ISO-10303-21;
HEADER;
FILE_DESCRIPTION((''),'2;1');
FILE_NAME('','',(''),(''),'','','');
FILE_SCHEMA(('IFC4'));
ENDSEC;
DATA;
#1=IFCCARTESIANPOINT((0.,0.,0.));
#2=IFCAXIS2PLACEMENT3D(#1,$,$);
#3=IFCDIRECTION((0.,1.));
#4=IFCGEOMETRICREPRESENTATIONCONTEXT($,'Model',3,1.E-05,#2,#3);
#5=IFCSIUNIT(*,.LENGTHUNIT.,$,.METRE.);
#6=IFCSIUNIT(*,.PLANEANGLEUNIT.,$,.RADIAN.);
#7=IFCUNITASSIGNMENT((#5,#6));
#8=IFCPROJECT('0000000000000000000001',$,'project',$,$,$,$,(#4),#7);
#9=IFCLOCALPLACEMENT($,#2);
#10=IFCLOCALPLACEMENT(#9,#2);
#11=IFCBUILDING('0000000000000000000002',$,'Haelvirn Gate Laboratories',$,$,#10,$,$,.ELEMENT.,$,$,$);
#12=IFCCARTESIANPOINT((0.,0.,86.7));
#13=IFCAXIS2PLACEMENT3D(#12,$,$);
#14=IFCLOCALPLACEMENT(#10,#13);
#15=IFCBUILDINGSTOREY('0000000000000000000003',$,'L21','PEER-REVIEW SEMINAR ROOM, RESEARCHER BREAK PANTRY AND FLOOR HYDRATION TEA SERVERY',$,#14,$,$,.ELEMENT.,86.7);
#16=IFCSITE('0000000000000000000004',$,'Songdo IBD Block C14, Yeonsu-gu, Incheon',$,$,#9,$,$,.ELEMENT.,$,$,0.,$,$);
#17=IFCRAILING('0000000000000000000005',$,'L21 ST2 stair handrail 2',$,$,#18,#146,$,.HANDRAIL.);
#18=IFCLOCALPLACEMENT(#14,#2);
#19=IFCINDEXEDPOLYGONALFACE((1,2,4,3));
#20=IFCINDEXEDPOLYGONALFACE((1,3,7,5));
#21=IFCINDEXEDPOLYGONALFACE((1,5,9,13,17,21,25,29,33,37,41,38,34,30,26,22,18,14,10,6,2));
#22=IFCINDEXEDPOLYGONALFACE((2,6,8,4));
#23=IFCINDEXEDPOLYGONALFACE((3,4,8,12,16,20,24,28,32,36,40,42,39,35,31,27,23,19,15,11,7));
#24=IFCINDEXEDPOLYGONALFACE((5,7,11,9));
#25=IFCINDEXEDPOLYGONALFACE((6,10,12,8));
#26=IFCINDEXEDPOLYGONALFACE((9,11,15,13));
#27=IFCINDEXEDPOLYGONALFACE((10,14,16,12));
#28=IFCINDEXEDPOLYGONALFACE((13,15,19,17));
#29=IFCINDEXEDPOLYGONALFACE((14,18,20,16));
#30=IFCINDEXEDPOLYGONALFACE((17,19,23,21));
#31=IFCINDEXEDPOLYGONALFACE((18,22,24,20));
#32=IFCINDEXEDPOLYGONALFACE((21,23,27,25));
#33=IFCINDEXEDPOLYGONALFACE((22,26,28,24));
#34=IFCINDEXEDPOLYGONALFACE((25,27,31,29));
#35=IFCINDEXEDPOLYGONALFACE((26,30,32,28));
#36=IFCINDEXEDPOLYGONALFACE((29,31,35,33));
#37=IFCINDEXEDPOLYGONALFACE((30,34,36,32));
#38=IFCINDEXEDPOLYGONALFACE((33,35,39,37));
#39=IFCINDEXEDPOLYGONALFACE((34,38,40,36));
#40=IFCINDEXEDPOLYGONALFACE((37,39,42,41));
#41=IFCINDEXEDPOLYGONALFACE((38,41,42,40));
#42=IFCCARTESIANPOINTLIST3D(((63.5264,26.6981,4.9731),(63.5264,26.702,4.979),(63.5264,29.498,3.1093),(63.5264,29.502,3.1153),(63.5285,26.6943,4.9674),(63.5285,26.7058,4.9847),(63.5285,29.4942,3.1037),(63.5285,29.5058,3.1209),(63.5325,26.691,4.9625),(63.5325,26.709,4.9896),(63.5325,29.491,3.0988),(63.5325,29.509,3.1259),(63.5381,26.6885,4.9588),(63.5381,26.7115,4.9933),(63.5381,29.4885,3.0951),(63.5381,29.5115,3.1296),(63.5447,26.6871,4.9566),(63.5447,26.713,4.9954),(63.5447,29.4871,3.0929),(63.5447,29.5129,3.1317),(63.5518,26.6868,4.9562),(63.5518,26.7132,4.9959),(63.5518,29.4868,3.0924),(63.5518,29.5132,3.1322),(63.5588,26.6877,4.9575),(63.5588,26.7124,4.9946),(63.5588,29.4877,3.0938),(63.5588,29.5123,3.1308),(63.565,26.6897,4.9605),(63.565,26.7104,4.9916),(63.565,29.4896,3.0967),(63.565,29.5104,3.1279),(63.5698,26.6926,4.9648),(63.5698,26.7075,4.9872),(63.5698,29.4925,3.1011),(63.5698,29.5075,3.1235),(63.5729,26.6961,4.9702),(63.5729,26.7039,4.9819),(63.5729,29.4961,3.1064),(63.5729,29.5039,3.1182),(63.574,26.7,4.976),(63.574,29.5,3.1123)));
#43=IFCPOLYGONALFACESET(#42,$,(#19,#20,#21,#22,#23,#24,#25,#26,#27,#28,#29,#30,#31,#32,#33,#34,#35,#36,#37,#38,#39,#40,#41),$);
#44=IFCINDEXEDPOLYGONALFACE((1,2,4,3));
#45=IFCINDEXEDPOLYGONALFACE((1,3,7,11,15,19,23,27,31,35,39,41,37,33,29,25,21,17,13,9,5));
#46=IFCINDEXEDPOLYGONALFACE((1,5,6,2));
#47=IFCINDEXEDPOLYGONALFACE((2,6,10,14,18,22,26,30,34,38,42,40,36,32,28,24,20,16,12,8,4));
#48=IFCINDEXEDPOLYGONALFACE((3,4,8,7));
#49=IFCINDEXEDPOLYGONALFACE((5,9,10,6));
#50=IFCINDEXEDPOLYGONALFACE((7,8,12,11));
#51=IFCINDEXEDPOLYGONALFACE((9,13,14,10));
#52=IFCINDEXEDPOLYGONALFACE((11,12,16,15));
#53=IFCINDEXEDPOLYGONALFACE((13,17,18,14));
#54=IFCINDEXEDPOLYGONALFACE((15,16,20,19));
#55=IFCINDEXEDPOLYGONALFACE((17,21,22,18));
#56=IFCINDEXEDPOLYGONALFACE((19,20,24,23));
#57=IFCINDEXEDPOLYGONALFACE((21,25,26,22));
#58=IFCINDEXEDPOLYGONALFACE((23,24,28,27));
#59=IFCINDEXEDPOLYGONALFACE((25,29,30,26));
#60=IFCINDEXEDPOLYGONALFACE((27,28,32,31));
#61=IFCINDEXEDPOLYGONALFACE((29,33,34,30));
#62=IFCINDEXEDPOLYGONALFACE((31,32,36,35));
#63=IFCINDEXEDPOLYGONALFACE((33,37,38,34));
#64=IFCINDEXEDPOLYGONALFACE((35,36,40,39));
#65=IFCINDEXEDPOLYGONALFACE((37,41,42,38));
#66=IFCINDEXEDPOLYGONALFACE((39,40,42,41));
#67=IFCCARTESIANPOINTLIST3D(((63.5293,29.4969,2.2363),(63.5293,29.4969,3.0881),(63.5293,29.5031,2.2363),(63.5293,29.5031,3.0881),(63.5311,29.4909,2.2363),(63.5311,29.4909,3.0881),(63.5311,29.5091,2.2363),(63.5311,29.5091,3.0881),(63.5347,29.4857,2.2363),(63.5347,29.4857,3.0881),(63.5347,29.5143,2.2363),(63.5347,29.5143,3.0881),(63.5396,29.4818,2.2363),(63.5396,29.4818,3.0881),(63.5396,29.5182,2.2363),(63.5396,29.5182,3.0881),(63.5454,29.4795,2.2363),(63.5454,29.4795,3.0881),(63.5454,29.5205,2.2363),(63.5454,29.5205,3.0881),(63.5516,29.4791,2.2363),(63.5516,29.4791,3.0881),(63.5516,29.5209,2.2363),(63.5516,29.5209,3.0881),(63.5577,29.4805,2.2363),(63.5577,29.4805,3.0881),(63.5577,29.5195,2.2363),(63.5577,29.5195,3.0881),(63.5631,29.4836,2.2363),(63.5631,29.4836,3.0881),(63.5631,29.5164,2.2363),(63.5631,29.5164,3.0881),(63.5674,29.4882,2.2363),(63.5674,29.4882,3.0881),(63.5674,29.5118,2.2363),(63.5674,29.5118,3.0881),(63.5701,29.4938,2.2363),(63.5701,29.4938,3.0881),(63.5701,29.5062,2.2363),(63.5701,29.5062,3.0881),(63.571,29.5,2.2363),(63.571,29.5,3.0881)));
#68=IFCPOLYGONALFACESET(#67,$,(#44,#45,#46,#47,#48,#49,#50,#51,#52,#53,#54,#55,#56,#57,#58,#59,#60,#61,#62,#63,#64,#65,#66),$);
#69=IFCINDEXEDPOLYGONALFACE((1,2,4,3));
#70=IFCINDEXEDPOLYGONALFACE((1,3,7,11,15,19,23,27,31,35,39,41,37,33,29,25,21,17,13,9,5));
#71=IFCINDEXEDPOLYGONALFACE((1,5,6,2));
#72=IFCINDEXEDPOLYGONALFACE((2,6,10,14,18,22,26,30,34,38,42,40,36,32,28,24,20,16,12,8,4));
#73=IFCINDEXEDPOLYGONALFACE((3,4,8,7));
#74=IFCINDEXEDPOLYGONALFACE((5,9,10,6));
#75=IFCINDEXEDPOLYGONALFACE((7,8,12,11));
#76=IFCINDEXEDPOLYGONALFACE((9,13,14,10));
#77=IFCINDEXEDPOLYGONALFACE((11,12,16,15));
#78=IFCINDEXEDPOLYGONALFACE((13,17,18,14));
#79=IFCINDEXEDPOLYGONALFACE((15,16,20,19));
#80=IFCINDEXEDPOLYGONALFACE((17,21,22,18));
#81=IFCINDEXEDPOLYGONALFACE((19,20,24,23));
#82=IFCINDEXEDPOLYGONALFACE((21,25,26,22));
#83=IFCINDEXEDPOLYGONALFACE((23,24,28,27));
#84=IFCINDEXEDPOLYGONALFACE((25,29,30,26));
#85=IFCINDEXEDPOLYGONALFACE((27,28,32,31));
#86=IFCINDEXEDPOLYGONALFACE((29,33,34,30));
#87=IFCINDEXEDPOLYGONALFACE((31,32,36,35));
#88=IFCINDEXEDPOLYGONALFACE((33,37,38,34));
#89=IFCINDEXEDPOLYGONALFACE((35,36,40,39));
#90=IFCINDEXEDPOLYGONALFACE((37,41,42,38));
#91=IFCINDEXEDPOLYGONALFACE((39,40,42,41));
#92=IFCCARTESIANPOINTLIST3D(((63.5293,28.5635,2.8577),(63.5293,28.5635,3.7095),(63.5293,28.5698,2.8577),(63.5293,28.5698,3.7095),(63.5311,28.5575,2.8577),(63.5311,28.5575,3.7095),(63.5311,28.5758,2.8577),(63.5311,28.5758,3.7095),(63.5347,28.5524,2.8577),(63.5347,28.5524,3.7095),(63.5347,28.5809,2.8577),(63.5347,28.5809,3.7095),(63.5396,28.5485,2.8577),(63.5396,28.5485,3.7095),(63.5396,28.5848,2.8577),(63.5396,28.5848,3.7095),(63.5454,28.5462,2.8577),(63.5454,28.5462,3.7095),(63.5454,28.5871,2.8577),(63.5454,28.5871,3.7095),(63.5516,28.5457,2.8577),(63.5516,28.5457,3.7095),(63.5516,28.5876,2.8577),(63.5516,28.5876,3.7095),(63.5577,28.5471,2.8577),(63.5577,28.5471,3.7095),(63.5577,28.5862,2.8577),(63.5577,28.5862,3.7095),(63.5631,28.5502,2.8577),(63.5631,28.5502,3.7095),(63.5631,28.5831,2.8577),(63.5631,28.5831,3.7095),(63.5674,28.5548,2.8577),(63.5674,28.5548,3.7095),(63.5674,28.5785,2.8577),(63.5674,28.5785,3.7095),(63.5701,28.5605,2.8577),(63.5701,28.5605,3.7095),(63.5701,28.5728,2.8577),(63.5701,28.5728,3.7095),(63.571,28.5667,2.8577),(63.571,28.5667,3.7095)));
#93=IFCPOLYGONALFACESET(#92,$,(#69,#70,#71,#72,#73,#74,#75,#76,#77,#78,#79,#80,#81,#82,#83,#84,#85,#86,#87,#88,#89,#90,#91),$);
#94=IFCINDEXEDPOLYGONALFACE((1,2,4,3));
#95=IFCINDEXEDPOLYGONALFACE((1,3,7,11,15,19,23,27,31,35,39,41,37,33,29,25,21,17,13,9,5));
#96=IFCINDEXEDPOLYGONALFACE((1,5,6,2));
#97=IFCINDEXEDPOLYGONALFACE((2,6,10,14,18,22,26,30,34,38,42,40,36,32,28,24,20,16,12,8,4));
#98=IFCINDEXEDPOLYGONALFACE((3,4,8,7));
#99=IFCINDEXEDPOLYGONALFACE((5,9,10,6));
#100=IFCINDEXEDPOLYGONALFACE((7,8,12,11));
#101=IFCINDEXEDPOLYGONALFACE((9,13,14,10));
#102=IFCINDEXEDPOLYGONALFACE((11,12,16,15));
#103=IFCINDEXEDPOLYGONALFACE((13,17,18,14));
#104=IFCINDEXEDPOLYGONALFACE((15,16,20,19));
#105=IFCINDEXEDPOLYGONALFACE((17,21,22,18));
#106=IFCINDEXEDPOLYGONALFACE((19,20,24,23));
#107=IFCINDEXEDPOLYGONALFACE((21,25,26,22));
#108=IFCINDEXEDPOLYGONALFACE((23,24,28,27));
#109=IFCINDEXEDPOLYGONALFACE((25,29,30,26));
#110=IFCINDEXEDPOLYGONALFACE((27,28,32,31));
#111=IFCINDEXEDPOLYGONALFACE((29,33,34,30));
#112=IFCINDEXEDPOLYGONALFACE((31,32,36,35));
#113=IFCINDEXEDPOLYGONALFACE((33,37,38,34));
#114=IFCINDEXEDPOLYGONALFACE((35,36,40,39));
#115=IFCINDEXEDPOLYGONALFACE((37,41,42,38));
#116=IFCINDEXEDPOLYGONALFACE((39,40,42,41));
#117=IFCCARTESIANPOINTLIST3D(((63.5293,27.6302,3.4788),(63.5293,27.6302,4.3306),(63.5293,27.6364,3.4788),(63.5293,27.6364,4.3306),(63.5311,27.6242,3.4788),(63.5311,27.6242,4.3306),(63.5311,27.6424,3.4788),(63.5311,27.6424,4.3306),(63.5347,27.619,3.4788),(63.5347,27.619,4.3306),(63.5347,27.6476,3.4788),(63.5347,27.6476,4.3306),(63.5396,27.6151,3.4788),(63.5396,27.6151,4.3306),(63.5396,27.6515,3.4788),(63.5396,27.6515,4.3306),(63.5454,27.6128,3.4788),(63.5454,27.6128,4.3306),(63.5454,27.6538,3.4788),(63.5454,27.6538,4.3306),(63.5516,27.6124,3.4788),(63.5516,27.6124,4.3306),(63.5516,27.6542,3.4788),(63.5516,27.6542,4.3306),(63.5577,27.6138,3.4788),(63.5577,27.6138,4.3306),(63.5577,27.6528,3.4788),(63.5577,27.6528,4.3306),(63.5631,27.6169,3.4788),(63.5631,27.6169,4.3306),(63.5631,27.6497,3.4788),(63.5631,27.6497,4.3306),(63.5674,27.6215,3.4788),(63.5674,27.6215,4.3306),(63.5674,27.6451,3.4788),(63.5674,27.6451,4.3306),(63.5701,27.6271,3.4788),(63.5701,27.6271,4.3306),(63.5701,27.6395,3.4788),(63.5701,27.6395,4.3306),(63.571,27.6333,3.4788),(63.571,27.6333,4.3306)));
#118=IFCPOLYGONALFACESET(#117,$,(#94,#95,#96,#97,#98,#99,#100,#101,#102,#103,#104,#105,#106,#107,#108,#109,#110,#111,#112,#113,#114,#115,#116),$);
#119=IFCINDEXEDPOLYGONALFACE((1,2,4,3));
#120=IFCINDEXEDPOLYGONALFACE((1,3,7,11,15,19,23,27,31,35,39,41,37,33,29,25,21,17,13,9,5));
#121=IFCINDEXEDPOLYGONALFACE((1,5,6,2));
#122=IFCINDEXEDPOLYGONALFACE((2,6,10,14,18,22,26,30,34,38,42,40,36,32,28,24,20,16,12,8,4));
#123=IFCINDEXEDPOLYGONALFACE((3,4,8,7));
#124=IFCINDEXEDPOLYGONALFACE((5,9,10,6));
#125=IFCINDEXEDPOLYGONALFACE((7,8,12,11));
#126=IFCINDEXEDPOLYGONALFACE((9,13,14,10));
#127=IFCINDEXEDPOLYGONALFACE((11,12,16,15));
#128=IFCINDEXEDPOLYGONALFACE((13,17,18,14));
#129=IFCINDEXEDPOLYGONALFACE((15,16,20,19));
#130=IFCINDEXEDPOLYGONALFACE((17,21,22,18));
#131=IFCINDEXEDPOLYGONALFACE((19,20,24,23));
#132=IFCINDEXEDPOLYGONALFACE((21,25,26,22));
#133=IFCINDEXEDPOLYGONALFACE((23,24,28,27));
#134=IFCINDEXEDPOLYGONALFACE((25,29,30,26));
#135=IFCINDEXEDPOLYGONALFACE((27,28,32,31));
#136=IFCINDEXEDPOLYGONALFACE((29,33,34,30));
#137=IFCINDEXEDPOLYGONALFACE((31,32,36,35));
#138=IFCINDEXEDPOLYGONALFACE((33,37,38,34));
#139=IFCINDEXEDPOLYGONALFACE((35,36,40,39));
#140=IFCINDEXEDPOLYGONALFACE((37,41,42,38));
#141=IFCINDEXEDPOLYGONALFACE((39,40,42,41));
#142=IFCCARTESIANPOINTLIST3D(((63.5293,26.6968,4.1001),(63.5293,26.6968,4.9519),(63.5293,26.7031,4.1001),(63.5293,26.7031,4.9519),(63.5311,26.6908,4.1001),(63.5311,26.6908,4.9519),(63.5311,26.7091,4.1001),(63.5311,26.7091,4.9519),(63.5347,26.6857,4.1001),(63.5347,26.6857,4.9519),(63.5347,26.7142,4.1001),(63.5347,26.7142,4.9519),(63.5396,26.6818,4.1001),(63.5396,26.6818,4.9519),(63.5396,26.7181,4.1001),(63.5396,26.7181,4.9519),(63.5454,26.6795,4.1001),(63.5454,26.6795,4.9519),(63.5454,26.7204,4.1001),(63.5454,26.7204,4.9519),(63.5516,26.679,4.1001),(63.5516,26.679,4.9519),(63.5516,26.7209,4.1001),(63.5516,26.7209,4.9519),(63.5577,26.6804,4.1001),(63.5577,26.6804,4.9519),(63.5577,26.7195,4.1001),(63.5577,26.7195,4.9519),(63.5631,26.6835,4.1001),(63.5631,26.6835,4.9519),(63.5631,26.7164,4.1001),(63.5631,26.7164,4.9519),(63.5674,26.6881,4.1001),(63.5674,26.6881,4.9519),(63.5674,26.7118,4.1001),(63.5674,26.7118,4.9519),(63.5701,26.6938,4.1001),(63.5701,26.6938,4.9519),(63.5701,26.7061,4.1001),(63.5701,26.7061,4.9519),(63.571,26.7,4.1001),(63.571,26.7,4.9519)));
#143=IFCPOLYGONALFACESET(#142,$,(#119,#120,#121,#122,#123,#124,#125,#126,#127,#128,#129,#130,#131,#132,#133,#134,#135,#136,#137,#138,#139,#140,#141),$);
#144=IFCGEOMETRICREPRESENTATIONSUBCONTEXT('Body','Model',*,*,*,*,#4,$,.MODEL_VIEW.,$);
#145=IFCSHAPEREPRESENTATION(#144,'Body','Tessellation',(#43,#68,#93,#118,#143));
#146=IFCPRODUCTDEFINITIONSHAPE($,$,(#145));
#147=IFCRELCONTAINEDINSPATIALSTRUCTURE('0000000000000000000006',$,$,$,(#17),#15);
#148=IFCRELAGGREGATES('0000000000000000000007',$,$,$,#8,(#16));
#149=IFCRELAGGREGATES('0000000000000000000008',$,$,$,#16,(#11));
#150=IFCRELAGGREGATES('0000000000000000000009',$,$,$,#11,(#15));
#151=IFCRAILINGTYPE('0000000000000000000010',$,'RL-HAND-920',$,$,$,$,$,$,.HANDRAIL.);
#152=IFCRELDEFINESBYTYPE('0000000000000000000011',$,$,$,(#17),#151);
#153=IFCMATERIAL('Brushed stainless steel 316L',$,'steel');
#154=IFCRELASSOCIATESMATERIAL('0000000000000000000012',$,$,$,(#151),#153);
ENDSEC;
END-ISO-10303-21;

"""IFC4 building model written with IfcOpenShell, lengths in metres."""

from ifc_helpers import new_model, si_unit, direction, frame, origin, origin_2d, place, context, subcontext, project, spatial, circle, extrude, source, transform, mapped, material, type_object, element, save


model = new_model("IFC4")

# Units and contexts
model_context = context("Model", 3, precision=1e-05, world=origin(), true_north=direction((0.0, 1.0)))
body_context = subcontext(model_context, "Body", "Model", "MODEL_VIEW")
ifc_project = project(units=[si_unit("LENGTHUNIT", "METRE"), si_unit("PLANEANGLEUNIT", "RADIAN")], contexts=[model_context])

# Site, building, storey
site_placement = place(None, origin())
site = spatial("IfcSite", under=ifc_project, at=site_placement, Name="Songdo IBD Block C14, Yeonsu-gu, Incheon", CompositionType="ELEMENT", RefElevation=0.0)
building_placement = place(site_placement, origin())
building = spatial("IfcBuilding", under=site, at=building_placement, Name="Haelvirn Gate Laboratories", CompositionType="ELEMENT")
storey_placement = place(building_placement, frame((0.0, 0.0, 86.7)))
storey = spatial("IfcBuildingStorey", under=building, at=storey_placement, Name="L21", Description="PEER-REVIEW SEMINAR ROOM, RESEARCHER BREAK PANTRY AND FLOOR HYDRATION TEA SERVERY", CompositionType="ELEMENT", Elevation=86.7)

# Railing
ifc_material_1 = material(Name="Brushed stainless steel 316L", Category="steel")
railing_type_1 = type_object("IfcRailingType", Name="RL-HAND-920", PredefinedType="HANDRAIL", material=ifc_material_1)
shared_shape_1 = source(origin(), body_context, "Body", "SweptSolid", [
    extrude(circle(Radius=0.0239, at=origin_2d()), frame((0.0, 0.0, 0.876), z_axis=(0.0, -0.832452, 0.554097), x_axis=(1.0, 0.0, 0.0)), (0.0, 0.0, 1.0), 3.3635),
    extrude(circle(Radius=0.021, at=origin_2d()), origin(), (0.0, 0.0, 1.0), 0.8518),
    extrude(circle(Radius=0.021, at=origin_2d()), frame((0.0, -0.9333, 0.6213)), (0.0, 0.0, 1.0), 0.8518),
    extrude(circle(Radius=0.021, at=origin_2d()), frame((0.0, -1.8667, 1.2424)), (0.0, 0.0, 1.0), 0.8518),
    extrude(circle(Radius=0.021, at=origin_2d()), frame((0.0, -2.8, 1.8638)), (0.0, 0.0, 1.0), 0.8518),
])
railing_1_placement = place(storey_placement, frame((63.55, 29.5, 2.2363)))
element("IfcRailing", 1, at=railing_1_placement, inside=storey, type_object=railing_type_1, Name="L21 ST2 stair handrail 2", PredefinedType="HANDRAIL", context=body_context, shape_type="MappedRepresentation", body=[
    mapped(shared_shape_1, transform((0.0, 0.0, 0.0), scale=1.0)),
])

save(model, "model.ifc")
